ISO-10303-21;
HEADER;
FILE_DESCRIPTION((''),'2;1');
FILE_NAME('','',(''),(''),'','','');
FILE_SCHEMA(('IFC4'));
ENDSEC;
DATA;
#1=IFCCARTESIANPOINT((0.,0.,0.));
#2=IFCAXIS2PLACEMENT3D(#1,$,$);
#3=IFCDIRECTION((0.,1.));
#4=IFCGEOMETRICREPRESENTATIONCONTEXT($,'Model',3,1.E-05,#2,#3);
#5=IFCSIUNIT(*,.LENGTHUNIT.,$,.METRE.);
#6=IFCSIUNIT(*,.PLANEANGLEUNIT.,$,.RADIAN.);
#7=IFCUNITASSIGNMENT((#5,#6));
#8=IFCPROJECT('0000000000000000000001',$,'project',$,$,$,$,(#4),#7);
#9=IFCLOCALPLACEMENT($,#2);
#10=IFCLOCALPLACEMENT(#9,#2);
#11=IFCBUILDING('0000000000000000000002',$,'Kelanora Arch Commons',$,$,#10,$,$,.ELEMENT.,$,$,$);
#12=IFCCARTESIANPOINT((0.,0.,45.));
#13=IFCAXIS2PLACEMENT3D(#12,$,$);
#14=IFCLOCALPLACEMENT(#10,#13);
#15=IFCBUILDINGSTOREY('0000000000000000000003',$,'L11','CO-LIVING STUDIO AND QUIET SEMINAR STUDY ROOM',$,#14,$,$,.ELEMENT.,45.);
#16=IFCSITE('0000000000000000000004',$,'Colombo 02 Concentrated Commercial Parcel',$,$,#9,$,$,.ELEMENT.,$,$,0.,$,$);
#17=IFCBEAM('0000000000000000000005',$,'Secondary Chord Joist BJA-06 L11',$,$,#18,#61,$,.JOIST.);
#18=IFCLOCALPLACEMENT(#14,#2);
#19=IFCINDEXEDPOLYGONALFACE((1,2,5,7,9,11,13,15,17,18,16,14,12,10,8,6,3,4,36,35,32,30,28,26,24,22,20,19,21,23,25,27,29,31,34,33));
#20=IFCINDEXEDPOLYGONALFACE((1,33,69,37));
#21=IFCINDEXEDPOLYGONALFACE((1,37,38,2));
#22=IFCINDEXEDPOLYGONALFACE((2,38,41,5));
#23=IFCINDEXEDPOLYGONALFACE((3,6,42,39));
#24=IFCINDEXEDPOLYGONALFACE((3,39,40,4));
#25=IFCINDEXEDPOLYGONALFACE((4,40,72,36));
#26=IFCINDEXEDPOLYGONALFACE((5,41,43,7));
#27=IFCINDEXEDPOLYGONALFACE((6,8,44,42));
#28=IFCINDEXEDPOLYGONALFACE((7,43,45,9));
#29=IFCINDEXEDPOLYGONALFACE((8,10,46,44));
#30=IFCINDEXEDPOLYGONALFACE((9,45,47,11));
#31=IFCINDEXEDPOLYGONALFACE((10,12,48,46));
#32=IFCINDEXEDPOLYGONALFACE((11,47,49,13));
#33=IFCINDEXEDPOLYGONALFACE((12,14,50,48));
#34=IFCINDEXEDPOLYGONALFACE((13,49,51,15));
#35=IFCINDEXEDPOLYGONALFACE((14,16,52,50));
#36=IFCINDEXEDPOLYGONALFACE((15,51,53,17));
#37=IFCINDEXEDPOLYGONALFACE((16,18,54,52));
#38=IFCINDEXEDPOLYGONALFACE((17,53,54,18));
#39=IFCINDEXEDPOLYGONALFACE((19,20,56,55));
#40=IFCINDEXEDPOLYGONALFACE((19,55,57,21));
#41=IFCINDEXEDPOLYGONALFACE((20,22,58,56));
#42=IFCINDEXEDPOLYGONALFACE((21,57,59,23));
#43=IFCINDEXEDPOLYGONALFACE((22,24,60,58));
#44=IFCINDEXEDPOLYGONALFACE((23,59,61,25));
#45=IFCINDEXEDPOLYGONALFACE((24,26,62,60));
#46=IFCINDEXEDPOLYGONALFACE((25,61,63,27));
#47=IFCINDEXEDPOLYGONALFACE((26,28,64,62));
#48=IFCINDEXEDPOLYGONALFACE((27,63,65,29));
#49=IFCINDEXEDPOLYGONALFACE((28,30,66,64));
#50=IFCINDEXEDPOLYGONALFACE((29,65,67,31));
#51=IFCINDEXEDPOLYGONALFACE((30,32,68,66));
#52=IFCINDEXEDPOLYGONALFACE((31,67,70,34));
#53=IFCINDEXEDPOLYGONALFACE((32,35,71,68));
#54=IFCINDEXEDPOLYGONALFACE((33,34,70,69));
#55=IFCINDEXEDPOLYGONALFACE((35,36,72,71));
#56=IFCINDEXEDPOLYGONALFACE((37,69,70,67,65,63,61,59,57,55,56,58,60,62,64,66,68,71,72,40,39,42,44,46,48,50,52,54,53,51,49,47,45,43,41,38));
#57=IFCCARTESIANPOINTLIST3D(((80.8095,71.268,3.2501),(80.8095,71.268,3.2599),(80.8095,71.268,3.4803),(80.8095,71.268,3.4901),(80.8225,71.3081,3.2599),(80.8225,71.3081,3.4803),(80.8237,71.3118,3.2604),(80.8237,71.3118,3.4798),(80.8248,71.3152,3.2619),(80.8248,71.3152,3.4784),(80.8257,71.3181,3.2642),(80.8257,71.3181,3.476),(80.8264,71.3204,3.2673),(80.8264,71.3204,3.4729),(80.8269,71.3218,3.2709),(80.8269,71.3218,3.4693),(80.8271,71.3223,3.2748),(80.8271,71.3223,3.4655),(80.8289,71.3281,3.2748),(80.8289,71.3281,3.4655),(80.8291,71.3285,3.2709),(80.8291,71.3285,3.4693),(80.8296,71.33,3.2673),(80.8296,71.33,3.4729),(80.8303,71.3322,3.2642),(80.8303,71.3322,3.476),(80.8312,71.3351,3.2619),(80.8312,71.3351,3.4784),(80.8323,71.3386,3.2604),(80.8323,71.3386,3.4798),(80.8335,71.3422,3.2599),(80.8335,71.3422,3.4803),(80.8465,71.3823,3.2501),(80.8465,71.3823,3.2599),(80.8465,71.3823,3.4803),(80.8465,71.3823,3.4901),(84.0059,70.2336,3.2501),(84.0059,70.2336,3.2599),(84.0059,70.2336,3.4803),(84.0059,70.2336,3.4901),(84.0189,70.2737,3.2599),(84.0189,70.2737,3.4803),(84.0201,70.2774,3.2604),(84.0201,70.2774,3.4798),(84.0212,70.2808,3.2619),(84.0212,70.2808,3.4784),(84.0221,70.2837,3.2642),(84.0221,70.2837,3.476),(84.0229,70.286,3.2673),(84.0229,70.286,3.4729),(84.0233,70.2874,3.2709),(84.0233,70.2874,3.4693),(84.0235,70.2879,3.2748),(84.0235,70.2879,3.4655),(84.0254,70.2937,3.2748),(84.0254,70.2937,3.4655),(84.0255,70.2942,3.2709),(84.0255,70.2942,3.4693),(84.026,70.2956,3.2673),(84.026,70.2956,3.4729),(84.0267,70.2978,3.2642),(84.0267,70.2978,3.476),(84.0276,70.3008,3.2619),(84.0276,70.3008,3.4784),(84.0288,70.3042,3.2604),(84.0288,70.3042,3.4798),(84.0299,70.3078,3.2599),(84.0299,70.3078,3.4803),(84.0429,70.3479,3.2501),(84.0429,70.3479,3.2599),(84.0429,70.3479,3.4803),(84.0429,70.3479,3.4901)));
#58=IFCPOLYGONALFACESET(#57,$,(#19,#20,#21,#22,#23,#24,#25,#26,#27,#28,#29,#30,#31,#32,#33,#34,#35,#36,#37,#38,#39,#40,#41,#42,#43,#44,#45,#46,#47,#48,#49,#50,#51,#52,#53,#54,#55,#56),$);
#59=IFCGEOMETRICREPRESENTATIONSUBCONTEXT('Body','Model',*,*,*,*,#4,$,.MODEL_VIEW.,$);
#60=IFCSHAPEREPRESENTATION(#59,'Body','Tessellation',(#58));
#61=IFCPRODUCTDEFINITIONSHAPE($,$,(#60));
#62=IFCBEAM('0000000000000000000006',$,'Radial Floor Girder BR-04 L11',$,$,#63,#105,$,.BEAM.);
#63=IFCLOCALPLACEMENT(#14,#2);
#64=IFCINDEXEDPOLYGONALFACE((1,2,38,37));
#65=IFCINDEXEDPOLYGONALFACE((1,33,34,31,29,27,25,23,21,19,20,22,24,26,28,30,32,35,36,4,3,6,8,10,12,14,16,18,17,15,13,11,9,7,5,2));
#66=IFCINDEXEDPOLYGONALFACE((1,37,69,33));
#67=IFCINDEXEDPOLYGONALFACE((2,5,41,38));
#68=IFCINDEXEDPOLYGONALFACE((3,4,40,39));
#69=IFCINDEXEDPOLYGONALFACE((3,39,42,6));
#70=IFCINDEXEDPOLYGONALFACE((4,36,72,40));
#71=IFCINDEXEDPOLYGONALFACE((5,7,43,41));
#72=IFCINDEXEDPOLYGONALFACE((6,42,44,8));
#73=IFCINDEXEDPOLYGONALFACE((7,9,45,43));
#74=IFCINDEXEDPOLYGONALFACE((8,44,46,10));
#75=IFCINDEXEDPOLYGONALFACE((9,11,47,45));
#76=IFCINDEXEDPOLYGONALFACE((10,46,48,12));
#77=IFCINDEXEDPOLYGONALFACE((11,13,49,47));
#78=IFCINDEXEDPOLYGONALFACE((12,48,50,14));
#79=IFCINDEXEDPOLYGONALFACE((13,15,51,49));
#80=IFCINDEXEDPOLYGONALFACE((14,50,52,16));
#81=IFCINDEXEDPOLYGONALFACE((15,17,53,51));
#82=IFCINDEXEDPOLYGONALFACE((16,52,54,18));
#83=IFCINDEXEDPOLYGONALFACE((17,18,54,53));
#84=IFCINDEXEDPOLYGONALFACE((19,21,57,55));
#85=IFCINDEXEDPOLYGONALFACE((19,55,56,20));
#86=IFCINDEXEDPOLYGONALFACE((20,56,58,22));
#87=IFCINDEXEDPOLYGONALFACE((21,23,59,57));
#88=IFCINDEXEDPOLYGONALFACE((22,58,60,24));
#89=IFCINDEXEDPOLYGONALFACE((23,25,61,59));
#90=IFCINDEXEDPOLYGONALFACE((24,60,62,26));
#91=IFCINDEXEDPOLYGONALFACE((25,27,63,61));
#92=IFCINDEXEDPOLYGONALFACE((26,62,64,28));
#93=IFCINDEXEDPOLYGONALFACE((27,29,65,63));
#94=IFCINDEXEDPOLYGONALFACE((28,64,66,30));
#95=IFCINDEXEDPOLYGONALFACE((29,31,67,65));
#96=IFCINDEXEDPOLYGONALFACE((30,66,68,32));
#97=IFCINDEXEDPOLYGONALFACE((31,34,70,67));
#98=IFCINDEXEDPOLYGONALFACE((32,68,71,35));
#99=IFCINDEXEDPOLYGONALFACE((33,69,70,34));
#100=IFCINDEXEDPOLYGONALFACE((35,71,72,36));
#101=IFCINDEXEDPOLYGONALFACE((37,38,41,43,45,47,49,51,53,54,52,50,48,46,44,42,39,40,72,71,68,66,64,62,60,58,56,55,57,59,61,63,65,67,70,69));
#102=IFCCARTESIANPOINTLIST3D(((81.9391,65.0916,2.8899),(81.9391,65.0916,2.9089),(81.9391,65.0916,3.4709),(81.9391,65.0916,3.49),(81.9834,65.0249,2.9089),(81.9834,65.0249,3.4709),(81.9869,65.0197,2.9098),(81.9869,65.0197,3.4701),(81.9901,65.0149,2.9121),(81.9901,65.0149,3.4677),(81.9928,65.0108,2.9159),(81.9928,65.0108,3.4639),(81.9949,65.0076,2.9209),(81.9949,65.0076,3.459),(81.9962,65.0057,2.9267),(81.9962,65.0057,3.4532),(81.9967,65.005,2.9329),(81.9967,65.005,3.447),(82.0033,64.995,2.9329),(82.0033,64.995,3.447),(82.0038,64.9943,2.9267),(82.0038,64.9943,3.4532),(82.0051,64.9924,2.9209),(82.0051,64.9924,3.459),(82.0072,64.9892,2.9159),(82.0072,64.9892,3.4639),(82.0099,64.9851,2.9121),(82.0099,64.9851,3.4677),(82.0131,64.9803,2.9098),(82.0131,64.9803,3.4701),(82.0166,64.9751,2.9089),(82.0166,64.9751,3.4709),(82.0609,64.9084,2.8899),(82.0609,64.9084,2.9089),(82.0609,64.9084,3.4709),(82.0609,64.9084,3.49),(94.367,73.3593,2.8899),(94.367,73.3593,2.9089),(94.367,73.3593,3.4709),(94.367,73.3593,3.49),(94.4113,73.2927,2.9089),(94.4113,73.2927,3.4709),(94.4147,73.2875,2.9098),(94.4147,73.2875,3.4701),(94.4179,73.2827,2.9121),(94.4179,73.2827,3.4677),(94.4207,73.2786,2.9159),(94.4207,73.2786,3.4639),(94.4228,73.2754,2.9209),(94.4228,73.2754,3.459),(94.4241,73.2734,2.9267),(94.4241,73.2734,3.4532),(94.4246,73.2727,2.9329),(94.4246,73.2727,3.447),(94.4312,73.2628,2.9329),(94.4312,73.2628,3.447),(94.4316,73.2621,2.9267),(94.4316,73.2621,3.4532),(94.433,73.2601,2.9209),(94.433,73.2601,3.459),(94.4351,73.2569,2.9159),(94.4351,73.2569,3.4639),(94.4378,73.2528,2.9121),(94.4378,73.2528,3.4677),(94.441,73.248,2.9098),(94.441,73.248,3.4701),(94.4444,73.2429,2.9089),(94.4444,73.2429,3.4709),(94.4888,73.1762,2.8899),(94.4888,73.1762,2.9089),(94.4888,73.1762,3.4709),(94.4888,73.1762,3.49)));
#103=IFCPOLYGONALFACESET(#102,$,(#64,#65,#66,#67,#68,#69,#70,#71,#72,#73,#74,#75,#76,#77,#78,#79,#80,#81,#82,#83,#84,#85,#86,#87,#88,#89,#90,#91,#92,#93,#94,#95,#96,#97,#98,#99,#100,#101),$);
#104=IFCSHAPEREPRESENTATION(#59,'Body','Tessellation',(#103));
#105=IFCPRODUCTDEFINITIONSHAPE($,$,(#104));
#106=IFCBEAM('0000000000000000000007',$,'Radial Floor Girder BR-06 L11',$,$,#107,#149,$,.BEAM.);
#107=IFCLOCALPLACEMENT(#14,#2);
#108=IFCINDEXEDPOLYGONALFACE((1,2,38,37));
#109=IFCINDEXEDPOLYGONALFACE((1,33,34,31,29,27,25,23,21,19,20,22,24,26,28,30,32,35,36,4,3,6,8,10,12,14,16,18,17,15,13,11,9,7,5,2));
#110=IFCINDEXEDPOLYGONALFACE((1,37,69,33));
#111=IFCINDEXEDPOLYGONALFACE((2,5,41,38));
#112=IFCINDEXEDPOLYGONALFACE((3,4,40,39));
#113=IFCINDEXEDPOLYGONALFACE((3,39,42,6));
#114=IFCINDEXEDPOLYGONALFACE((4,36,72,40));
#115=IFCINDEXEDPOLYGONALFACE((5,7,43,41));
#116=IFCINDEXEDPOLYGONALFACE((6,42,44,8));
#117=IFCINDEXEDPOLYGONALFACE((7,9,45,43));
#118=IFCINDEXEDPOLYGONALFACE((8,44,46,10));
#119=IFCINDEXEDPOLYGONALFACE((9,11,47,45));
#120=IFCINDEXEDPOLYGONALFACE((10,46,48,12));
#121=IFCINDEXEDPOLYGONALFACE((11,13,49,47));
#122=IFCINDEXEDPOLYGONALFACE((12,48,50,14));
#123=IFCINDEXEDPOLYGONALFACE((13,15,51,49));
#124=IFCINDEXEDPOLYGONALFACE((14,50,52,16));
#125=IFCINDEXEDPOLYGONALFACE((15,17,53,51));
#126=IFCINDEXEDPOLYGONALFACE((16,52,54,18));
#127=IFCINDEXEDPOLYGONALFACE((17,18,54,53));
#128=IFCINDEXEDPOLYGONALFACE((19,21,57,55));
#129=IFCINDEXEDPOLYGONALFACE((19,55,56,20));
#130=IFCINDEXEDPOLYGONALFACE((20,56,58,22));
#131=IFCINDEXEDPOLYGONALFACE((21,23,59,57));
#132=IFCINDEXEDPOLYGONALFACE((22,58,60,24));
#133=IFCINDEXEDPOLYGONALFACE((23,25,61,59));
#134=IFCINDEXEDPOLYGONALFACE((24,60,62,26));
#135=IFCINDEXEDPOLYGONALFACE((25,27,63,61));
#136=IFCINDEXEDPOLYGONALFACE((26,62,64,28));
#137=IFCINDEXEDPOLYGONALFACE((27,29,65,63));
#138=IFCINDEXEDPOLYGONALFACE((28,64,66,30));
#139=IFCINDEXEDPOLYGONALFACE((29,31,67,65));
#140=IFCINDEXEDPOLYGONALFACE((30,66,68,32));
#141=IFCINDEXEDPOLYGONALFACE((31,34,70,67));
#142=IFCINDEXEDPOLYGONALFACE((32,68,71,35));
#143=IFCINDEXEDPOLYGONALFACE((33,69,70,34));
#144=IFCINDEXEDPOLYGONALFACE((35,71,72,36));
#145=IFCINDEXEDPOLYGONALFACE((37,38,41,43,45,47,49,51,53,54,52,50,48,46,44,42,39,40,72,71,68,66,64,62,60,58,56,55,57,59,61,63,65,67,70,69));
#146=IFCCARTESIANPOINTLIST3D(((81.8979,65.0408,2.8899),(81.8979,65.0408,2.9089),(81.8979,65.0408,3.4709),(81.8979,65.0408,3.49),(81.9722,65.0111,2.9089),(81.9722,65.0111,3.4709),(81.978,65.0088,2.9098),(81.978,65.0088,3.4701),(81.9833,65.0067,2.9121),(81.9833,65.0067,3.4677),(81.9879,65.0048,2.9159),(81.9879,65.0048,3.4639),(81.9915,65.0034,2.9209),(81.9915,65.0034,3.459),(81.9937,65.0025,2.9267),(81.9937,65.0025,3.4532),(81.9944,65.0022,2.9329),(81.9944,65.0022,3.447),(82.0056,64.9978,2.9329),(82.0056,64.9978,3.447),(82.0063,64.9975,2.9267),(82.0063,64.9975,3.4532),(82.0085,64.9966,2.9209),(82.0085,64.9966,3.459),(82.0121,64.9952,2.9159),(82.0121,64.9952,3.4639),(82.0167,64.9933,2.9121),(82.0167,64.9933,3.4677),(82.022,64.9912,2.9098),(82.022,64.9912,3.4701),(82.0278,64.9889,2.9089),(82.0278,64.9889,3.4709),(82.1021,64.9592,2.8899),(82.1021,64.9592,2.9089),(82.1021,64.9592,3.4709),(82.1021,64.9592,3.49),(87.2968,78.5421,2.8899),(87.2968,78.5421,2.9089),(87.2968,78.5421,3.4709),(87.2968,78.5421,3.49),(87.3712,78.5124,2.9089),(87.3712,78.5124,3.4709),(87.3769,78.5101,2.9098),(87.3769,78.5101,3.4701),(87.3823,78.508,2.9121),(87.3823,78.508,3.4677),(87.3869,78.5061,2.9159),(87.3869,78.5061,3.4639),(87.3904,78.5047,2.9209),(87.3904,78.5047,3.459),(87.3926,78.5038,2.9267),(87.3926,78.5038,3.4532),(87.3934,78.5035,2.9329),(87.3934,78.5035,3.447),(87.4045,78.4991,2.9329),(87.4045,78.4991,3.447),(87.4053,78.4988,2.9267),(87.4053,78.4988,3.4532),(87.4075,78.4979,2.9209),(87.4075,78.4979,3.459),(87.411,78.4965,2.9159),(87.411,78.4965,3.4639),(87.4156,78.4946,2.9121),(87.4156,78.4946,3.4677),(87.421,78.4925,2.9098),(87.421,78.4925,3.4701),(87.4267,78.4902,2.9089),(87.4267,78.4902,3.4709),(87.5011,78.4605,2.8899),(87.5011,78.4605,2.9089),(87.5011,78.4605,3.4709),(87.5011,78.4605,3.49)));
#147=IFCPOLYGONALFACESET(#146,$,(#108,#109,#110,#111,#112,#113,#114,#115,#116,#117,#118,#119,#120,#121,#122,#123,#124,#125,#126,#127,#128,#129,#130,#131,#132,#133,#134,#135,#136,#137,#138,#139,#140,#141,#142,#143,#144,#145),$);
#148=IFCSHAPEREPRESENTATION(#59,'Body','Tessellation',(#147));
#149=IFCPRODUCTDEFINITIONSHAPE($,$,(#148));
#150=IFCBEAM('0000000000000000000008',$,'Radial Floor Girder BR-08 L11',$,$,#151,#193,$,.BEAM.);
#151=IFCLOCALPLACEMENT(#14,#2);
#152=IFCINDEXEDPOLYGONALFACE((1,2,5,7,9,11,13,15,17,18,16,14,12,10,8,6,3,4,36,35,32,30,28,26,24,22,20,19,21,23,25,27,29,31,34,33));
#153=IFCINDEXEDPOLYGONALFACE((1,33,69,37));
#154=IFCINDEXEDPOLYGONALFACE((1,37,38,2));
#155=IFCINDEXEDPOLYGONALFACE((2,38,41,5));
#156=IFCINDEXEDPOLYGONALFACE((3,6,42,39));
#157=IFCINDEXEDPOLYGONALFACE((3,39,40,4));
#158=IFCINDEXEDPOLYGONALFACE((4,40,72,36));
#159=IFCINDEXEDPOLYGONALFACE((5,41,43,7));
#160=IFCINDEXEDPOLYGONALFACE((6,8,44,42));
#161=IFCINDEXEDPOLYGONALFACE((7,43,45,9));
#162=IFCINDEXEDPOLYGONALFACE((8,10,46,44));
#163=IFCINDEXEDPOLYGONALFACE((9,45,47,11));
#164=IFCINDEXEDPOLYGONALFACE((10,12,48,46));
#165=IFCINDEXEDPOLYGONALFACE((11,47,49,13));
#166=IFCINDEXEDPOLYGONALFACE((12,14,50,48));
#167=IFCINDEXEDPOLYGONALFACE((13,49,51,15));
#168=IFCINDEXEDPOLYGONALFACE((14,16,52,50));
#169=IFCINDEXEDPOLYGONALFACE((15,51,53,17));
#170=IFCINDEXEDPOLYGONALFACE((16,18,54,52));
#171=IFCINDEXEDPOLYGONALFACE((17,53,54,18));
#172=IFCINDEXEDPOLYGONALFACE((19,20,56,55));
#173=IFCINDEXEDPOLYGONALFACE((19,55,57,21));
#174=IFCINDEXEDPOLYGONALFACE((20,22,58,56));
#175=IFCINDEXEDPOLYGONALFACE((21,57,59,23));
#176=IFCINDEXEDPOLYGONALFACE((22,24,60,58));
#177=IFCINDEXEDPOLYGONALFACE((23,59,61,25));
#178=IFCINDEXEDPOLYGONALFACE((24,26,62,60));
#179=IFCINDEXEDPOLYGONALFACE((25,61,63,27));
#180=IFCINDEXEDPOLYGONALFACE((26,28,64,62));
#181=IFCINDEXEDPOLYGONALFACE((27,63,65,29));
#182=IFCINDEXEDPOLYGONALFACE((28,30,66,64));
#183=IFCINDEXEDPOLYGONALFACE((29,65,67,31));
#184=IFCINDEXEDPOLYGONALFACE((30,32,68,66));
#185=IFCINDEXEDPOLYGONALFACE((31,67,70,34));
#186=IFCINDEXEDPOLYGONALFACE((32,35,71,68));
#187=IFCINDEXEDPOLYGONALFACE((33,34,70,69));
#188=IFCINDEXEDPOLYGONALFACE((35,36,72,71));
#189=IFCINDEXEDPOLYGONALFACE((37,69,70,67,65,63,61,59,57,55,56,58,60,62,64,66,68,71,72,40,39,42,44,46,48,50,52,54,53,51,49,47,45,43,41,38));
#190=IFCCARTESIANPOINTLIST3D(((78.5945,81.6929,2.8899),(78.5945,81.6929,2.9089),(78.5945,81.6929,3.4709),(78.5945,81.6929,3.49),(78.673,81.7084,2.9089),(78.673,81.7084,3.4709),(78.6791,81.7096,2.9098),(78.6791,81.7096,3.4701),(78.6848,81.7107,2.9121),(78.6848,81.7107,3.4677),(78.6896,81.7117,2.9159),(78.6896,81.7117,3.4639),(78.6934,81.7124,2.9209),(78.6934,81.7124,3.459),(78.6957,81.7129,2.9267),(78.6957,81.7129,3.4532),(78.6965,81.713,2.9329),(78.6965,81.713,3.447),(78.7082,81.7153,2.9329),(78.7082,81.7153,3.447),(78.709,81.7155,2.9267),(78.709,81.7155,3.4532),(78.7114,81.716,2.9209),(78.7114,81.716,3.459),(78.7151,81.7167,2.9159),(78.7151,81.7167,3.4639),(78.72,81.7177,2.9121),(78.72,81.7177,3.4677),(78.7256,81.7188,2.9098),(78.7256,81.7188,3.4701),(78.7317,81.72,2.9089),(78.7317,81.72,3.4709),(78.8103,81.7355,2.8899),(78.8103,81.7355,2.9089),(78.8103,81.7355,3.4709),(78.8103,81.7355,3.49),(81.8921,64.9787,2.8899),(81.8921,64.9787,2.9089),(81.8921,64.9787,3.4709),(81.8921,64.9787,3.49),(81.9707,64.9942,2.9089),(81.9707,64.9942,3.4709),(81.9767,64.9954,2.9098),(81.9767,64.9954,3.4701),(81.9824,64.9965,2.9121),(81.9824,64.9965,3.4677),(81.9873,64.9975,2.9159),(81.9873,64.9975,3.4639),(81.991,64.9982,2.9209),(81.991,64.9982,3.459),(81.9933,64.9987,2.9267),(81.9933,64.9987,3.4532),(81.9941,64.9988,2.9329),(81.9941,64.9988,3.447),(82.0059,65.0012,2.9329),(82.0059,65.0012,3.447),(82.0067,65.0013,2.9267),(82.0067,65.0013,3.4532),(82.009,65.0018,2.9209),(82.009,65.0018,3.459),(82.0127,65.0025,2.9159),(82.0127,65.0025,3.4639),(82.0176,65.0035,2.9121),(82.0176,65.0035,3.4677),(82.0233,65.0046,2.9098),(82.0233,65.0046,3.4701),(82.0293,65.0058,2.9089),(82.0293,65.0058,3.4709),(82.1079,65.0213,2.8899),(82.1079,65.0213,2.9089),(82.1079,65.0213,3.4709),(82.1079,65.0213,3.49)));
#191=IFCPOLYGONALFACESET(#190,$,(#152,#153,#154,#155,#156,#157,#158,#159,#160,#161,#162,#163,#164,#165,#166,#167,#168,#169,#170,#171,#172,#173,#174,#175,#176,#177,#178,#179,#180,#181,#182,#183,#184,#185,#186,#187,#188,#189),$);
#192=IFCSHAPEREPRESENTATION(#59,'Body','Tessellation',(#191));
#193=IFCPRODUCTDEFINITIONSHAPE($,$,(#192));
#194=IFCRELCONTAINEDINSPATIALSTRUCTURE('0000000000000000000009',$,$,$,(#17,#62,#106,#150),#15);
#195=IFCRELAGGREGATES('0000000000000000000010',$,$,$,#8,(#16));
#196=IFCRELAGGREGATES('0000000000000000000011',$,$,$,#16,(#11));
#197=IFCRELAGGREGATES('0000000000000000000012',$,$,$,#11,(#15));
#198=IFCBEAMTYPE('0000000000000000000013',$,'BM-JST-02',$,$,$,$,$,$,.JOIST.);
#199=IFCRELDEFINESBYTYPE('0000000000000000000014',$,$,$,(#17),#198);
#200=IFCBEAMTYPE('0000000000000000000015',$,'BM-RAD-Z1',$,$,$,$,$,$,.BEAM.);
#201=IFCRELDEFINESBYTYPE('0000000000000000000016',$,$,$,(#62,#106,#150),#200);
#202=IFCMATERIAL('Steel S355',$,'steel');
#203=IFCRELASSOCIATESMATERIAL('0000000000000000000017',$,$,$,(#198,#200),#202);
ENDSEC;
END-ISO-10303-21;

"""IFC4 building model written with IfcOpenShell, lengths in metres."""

from ifc_helpers import new_model, si_unit, direction, frame, origin, origin_2d, place, context, subcontext, project, spatial, i_section, extrude, material, material_profile, profile_set, type_object, element, save


model = new_model("IFC4")

# Units and contexts
model_context = context("Model", 3, precision=1e-05, world=origin(), true_north=direction((0.0, 1.0)))
body_context = subcontext(model_context, "Body", "Model", "MODEL_VIEW")
ifc_project = project(units=[si_unit("LENGTHUNIT", "METRE"), si_unit("PLANEANGLEUNIT", "RADIAN")], contexts=[model_context])

# Site, building, storey
site_placement = place(None, origin())
site = spatial("IfcSite", under=ifc_project, at=site_placement, Name="Colombo 02 Concentrated Commercial Parcel", CompositionType="ELEMENT", RefElevation=0.0)
building_placement = place(site_placement, origin())
building = spatial("IfcBuilding", under=site, at=building_placement, Name="Kelanora Arch Commons", CompositionType="ELEMENT")
storey_placement = place(building_placement, frame((0.0, 0.0, 45.0)))
storey = spatial("IfcBuildingStorey", under=building, at=storey_placement, Name="L11", Description="CO-LIVING STUDIO AND QUIET SEMINAR STUDY ROOM", CompositionType="ELEMENT", Elevation=45.0)

# Beams
ifc_material_1 = material(Name="Steel S355", Category="steel")
ifc_material_profile_1 = material_profile(ifc_material_1, i_section(OverallWidth=0.1201, OverallDepth=0.24, WebThickness=0.0061, FlangeThickness=0.0098, FilletRadius=0.0149, at=origin_2d()), Name="IPE240")
ifc_profile_set_1 = profile_set([ifc_material_profile_1], Name="Steel S355")
beam_type_1 = type_object("IfcBeamType", Name="BM-JST-02", PredefinedType="JOIST", material=ifc_profile_set_1)
beam_1_placement = place(storey_placement, frame((84.0244, 70.2908, 3.3701), z_axis=(-0.951423, 0.307888, 0.0), x_axis=(-0.307888, -0.951423, 0.0)))
element("IfcBeam", 1, at=beam_1_placement, inside=storey, type_object=beam_type_1, Name="Secondary Chord Joist BJA-06 L11", PredefinedType="JOIST", context=body_context, shape_type="SweptSolid", body=[
    extrude(i_section(OverallWidth=0.1201, OverallDepth=0.24, WebThickness=0.0061, FlangeThickness=0.0098, FilletRadius=0.0149, at=origin_2d()), origin(), (0.0, 0.0, 1.0), 3.3596),
])
ifc_material_profile_2 = material_profile(ifc_material_1, i_section(OverallWidth=0.22, OverallDepth=0.6001, WebThickness=0.012, FlangeThickness=0.019, FilletRadius=0.0239, at=origin_2d()), Name="IPE600")
ifc_profile_set_2 = profile_set([ifc_material_profile_2], Name="Steel S355")
beam_type_2 = type_object("IfcBeamType", Name="BM-RAD-Z1", PredefinedType="BEAM", material=ifc_profile_set_2)
beam_2_placement = place(storey_placement, frame((82.0, 65.0, 3.1899), z_axis=(0.832591, 0.553888, 0.0), x_axis=(-0.553888, 0.832591, 0.0)))
element("IfcBeam", 2, at=beam_2_placement, inside=storey, type_object=beam_type_2, Name="Radial Floor Girder BR-04 L11", PredefinedType="BEAM", context=body_context, shape_type="SweptSolid", body=[
    extrude(i_section(OverallWidth=0.22, OverallDepth=0.6001, WebThickness=0.012, FlangeThickness=0.019, FilletRadius=0.0239, at=origin_2d()), origin(), (0.0, 0.0, 1.0), 14.9268),
])
beam_3_placement = place(storey_placement, frame((82.0, 65.0, 3.1899), z_axis=(0.371298, 0.928514, 0.0), x_axis=(-0.928514, 0.371298, 0.0)))
element("IfcBeam", 3, at=beam_3_placement, inside=storey, type_object=beam_type_2, Name="Radial Floor Girder BR-06 L11", PredefinedType="BEAM", context=body_context, shape_type="SweptSolid", body=[
    extrude(i_section(OverallWidth=0.22, OverallDepth=0.6001, WebThickness=0.012, FlangeThickness=0.019, FilletRadius=0.0239, at=origin_2d()), origin(), (0.0, 0.0, 1.0), 14.5408),
])
beam_4_placement = place(storey_placement, frame((82.0, 65.0, 3.1899), z_axis=(-0.193564, 0.981088, 0.0), x_axis=(-0.981088, -0.193564, 0.0)))
element("IfcBeam", 4, at=beam_4_placement, inside=storey, type_object=beam_type_2, Name="Radial Floor Girder BR-08 L11", PredefinedType="BEAM", context=body_context, shape_type="SweptSolid", body=[
    extrude(i_section(OverallWidth=0.22, OverallDepth=0.6001, WebThickness=0.012, FlangeThickness=0.019, FilletRadius=0.0239, at=origin_2d()), origin(), (0.0, 0.0, 1.0), 17.0364),
])

save(model, "model.ifc")
